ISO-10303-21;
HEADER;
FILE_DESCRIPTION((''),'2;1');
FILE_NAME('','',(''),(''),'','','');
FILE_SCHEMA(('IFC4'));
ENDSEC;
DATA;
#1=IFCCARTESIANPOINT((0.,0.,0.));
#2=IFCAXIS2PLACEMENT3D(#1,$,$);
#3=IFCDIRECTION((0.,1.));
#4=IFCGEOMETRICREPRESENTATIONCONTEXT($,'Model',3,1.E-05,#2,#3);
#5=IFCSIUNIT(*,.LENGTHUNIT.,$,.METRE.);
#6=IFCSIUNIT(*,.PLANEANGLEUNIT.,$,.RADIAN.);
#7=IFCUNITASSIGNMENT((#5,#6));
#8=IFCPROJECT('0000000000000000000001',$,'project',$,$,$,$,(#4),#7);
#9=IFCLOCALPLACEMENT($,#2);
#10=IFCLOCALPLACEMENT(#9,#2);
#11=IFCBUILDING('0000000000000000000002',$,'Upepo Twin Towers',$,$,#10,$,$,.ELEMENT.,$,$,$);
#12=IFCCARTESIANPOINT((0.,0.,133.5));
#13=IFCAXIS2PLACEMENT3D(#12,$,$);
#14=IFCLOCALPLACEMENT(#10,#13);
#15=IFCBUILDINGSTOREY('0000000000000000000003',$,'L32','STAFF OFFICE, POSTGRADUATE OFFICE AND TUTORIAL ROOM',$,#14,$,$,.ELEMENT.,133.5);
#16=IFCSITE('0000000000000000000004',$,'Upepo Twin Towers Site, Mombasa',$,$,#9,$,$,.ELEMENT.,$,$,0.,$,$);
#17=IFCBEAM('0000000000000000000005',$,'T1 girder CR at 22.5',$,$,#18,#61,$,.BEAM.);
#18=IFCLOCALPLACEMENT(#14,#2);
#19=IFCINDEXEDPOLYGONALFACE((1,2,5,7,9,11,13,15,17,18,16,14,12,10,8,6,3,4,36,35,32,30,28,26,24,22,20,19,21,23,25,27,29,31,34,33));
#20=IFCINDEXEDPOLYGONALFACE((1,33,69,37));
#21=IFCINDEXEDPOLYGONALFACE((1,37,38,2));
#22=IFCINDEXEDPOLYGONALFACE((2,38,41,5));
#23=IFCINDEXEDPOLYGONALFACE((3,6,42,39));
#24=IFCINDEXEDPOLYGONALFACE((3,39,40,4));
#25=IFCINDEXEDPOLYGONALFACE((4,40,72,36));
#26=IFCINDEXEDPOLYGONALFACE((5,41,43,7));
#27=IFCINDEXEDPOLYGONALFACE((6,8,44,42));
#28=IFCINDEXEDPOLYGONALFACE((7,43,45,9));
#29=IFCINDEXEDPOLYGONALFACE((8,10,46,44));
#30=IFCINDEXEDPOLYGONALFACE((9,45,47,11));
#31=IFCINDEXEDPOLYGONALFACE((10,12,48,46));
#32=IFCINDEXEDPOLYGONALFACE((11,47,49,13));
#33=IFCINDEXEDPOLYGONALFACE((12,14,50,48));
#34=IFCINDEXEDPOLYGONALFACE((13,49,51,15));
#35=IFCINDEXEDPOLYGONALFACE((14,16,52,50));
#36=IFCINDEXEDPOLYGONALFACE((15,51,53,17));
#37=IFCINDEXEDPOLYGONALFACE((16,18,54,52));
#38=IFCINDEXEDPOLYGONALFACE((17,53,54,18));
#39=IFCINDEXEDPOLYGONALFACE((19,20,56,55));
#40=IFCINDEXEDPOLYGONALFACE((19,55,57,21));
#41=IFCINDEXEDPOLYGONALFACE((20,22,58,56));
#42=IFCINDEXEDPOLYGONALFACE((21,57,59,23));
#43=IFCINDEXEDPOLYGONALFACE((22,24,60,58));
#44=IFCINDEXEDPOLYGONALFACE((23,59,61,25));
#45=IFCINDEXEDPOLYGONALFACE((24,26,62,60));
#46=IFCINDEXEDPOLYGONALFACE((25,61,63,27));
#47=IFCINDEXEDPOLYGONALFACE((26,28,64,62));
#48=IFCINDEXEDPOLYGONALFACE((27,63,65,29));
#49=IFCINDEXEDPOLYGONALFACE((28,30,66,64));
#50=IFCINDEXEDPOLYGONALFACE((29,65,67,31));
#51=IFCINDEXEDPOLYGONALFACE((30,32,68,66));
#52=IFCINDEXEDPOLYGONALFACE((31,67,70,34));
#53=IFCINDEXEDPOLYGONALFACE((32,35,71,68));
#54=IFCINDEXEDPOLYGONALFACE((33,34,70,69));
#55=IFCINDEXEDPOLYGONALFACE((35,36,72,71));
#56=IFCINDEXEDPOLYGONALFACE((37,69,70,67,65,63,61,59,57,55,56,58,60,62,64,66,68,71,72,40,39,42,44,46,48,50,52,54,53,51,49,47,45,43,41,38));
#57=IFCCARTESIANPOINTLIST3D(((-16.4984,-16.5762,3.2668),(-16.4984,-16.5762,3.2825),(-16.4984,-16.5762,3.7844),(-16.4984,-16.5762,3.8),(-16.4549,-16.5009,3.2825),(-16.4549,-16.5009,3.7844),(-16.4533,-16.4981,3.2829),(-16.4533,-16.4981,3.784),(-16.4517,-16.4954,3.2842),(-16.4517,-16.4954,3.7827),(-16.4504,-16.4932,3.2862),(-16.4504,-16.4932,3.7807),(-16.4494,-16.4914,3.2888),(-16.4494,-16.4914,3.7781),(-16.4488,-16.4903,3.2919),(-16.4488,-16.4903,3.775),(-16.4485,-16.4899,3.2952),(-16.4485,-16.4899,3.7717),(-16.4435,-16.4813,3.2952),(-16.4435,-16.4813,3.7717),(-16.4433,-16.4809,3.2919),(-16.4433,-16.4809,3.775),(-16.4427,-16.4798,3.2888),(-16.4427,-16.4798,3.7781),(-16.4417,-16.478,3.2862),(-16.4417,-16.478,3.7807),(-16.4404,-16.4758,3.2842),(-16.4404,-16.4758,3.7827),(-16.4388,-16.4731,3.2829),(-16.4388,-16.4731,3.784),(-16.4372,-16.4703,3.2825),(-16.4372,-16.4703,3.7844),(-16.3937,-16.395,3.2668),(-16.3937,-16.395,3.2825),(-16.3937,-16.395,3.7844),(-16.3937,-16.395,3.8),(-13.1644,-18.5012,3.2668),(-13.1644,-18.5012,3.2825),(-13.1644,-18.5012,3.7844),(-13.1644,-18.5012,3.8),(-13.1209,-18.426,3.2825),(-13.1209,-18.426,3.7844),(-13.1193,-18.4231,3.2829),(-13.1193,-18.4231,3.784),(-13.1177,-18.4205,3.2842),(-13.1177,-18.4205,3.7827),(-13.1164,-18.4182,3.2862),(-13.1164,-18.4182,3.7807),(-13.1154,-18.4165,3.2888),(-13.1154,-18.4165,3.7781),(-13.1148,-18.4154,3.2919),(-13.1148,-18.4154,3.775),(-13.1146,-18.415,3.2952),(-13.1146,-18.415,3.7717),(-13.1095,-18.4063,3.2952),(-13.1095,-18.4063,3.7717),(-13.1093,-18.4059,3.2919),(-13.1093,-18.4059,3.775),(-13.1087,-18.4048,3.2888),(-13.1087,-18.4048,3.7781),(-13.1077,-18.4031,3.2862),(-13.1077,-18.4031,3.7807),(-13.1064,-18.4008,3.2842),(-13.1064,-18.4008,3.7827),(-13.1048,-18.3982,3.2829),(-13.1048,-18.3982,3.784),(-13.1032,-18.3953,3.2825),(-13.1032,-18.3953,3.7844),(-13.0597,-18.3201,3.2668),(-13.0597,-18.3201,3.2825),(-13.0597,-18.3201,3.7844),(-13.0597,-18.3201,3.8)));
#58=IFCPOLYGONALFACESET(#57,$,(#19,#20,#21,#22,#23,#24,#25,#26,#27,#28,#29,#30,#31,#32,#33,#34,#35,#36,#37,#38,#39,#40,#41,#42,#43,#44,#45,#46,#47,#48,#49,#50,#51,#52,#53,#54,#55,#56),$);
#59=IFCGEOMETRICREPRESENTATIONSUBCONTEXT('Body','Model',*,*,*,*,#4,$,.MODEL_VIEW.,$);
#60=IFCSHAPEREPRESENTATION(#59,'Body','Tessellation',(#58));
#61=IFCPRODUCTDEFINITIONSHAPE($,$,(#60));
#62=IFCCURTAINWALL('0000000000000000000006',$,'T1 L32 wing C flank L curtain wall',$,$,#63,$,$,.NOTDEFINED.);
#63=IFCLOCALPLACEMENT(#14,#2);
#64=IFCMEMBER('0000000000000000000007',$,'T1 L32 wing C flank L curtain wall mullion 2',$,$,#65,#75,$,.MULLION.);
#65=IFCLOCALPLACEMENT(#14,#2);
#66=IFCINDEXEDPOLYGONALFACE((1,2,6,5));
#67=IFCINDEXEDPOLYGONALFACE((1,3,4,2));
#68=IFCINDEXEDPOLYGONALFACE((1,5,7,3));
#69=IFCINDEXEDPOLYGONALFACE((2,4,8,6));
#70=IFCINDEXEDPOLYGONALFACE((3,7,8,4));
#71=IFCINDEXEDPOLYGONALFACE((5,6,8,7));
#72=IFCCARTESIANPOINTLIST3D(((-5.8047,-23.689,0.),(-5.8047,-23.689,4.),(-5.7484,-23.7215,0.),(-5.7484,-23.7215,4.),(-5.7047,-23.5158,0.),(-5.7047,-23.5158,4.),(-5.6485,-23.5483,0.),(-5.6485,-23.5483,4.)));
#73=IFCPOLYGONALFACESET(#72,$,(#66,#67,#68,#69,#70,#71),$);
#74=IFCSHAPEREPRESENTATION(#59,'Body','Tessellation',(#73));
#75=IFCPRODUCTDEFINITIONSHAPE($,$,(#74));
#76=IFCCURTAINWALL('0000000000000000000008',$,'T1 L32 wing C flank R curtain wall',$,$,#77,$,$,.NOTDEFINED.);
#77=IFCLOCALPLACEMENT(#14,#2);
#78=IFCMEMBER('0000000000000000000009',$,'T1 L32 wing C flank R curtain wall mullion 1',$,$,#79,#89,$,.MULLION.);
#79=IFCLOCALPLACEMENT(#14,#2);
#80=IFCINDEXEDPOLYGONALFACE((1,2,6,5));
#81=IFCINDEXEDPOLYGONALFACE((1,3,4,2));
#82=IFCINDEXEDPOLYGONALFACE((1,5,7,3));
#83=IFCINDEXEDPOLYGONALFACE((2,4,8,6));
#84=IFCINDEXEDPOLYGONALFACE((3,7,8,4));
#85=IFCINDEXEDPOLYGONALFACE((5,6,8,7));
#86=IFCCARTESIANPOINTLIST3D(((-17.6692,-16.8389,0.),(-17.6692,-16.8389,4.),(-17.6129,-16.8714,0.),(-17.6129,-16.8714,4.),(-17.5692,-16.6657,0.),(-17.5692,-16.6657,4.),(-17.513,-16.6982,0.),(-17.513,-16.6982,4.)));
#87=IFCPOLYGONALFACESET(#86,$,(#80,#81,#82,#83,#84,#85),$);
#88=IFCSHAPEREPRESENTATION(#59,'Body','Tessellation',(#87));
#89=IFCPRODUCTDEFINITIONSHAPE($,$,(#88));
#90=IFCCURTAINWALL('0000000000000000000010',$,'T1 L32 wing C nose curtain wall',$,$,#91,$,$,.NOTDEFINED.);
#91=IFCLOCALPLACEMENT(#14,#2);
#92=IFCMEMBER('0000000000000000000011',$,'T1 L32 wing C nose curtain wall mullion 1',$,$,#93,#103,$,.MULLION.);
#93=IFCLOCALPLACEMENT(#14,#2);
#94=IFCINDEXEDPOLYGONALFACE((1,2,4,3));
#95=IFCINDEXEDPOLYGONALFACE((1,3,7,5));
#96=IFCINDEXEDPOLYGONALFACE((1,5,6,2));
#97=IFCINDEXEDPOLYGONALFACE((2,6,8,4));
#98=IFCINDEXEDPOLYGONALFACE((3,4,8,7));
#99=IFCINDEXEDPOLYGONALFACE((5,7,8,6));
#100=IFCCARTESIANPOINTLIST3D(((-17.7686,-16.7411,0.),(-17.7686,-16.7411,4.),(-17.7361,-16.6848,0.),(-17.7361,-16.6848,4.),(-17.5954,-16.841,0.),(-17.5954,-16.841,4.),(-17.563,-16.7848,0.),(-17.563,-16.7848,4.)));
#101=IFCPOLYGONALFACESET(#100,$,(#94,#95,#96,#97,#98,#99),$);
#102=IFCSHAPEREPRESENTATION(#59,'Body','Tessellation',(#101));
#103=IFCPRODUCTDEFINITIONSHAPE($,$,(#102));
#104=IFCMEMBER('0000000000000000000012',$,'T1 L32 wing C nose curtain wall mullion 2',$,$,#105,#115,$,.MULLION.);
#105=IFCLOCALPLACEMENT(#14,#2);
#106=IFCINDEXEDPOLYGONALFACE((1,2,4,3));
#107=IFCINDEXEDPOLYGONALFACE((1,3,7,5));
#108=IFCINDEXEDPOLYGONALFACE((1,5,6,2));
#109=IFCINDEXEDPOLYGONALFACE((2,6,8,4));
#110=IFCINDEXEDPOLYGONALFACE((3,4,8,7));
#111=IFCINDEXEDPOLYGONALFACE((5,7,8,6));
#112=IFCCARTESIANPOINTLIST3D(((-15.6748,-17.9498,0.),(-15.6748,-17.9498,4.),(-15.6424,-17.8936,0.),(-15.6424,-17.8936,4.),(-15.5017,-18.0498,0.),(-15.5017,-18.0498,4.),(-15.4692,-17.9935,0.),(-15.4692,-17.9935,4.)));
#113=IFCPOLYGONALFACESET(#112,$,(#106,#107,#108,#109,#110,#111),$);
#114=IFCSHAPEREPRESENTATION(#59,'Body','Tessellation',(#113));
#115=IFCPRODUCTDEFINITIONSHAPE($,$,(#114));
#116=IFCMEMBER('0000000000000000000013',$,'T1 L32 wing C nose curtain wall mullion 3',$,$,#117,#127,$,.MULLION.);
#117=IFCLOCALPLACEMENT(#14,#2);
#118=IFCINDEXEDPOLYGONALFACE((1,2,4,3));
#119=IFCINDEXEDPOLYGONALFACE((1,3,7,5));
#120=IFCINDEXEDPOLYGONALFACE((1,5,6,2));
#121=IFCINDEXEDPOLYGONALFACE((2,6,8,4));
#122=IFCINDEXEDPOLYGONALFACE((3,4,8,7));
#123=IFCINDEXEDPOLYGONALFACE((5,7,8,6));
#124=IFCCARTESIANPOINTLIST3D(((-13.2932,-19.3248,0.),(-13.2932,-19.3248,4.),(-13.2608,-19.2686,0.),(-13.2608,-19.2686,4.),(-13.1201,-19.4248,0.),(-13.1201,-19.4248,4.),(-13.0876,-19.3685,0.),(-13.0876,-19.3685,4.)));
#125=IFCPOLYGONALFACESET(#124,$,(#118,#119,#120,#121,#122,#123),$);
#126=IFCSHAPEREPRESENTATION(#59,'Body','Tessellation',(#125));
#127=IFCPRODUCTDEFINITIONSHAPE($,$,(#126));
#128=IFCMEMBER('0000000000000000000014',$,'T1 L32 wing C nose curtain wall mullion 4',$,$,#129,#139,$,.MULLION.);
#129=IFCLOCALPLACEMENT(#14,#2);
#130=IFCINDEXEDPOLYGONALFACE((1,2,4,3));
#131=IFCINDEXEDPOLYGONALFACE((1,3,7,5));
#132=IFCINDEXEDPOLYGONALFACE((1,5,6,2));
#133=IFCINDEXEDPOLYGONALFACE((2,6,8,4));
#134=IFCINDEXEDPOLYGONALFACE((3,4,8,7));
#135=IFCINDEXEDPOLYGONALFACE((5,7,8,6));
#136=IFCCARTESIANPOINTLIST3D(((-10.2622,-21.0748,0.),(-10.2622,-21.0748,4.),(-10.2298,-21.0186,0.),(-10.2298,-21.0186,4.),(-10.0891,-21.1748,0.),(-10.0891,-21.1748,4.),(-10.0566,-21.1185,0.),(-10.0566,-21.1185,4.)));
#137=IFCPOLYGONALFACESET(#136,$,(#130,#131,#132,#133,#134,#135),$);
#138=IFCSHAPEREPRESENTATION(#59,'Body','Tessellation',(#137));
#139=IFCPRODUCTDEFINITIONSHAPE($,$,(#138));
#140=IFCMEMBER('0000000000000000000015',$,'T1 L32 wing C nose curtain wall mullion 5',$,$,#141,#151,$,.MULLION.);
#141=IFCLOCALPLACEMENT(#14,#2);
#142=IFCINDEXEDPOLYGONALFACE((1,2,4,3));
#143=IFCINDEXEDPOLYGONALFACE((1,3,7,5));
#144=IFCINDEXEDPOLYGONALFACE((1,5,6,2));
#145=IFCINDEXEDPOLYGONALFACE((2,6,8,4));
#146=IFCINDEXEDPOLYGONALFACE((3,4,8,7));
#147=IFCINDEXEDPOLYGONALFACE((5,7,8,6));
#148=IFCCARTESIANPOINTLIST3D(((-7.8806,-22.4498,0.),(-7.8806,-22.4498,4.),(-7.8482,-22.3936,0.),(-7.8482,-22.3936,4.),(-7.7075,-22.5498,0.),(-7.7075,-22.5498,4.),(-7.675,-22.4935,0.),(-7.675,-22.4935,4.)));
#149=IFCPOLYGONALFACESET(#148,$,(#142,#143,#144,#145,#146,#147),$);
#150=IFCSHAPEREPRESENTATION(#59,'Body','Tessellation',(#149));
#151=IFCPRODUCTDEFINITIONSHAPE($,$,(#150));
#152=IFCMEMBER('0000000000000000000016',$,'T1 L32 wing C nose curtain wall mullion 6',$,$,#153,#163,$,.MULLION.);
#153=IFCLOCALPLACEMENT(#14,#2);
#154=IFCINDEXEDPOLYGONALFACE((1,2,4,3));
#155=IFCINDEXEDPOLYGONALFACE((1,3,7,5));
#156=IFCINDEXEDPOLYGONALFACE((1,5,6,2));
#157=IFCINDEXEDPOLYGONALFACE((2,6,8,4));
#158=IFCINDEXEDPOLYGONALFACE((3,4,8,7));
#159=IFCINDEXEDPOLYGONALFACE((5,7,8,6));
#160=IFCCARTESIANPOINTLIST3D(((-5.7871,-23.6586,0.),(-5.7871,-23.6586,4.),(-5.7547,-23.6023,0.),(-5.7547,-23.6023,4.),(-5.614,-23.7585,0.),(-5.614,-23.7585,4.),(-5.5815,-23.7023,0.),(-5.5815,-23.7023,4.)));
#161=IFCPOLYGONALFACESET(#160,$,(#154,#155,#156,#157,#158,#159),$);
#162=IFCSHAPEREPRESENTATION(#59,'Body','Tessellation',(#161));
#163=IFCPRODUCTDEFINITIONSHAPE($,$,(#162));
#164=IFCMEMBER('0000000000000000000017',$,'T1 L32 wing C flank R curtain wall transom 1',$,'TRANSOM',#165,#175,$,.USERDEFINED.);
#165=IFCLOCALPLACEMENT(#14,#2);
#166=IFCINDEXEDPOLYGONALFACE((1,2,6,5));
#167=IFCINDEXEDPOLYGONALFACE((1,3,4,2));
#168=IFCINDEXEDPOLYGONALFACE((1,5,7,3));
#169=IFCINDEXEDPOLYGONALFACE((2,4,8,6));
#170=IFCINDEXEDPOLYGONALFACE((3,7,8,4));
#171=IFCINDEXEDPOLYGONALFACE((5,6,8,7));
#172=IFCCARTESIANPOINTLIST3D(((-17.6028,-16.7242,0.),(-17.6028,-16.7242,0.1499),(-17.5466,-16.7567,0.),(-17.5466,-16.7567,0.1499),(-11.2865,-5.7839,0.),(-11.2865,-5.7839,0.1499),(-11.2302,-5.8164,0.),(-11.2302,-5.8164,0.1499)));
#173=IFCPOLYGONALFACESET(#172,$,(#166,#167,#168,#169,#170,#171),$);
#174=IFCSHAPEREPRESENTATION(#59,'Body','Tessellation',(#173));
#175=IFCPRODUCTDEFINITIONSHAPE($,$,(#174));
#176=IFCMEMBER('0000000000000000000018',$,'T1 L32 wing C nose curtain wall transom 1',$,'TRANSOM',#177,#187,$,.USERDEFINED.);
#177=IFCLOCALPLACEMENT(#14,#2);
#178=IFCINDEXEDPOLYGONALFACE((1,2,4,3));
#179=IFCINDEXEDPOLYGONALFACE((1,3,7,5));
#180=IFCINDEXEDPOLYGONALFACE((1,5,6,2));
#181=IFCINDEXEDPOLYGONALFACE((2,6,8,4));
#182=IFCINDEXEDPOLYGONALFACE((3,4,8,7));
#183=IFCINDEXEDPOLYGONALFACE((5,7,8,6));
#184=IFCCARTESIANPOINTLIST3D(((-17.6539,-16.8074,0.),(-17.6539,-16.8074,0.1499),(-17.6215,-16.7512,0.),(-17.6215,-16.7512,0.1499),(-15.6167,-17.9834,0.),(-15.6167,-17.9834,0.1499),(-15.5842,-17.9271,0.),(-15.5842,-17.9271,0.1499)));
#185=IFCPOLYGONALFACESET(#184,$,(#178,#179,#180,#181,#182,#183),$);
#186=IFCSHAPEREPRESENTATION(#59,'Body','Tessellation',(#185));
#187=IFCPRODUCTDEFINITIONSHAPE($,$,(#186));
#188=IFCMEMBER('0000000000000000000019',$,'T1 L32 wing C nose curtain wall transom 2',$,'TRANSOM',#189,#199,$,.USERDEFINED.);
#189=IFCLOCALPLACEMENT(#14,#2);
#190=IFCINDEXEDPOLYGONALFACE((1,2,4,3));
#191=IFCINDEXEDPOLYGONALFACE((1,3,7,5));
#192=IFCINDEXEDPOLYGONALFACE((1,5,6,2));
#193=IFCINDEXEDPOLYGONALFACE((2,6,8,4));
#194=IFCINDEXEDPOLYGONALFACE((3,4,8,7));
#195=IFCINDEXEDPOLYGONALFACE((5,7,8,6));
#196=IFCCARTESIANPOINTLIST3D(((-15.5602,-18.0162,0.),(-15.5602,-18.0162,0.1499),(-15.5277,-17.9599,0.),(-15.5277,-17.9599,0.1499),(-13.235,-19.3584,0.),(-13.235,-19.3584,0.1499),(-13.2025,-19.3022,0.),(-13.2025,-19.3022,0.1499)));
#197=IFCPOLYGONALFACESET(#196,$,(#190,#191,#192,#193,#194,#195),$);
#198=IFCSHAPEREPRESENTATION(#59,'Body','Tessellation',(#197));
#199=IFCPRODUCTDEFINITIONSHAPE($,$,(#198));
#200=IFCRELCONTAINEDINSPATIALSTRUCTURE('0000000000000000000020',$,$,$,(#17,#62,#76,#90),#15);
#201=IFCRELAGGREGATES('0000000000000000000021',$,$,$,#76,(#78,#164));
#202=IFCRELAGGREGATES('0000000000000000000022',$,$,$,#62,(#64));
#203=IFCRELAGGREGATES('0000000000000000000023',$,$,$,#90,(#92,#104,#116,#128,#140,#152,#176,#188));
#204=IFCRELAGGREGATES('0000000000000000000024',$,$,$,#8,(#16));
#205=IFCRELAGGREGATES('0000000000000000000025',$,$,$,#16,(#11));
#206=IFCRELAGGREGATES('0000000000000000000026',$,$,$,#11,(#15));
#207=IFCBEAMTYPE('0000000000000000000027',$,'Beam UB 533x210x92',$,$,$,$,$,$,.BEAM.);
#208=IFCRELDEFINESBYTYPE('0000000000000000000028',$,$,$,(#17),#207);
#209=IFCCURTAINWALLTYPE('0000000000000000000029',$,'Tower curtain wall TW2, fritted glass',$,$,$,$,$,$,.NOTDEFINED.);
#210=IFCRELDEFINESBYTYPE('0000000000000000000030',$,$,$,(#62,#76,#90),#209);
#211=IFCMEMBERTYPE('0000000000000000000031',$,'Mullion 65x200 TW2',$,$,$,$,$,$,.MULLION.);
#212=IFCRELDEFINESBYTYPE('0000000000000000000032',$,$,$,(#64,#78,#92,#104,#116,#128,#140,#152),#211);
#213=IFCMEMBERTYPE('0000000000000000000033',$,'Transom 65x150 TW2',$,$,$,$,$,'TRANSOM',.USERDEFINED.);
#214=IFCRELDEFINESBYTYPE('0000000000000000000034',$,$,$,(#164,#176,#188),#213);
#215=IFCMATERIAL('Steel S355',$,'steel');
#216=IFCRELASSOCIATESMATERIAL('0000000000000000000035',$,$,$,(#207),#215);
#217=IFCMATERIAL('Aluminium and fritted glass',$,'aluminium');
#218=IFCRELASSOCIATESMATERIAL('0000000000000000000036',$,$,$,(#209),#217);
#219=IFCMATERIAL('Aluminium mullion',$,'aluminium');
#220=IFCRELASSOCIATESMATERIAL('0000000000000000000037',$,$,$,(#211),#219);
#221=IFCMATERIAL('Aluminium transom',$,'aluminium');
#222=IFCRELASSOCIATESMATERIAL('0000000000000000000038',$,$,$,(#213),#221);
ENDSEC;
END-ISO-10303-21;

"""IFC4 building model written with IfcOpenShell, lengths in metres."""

from ifc_helpers import new_model, si_unit, direction, frame, origin, origin_2d, place, context, subcontext, project, spatial, rectangle, i_section, extrude, material, material_profile, profile_set, type_object, element, aggregate, save


model = new_model("IFC4")

# Units and contexts
model_context = context("Model", 3, precision=1e-05, world=origin(), true_north=direction((0.0, 1.0)))
body_context = subcontext(model_context, "Body", "Model", "MODEL_VIEW")
ifc_project = project(units=[si_unit("LENGTHUNIT", "METRE"), si_unit("PLANEANGLEUNIT", "RADIAN")], contexts=[model_context])

# Site, building, storey
site_placement = place(None, origin())
site = spatial("IfcSite", under=ifc_project, at=site_placement, Name="Upepo Twin Towers Site, Mombasa", CompositionType="ELEMENT", RefElevation=0.0)
building_placement = place(site_placement, origin())
building = spatial("IfcBuilding", under=site, at=building_placement, Name="Upepo Twin Towers", CompositionType="ELEMENT")
storey_placement = place(building_placement, frame((0.0, 0.0, 133.5)))
storey = spatial("IfcBuildingStorey", under=building, at=storey_placement, Name="L32", Description="STAFF OFFICE, POSTGRADUATE OFFICE AND TUTORIAL ROOM", CompositionType="ELEMENT", Elevation=133.5)

# Beam
ifc_material_1 = material(Name="Steel S355", Category="steel")
ifc_material_profile_1 = material_profile(ifc_material_1, i_section(OverallWidth=0.2092, OverallDepth=0.5332, WebThickness=0.01, FlangeThickness=0.0156, FilletRadius=0.0127, at=origin_2d()), Name="UB 533x210x92")
ifc_profile_set_1 = profile_set([ifc_material_profile_1], Name="Steel S355")
beam_type_1 = type_object("IfcBeamType", Name="Beam UB 533x210x92", PredefinedType="BEAM", material=ifc_profile_set_1)
for number, where, z_axis, x_axis, name in (
    (1, (-16.446, -16.4856, 3.5334), (0.866006, -0.500034, 0.0), (0.500034, 0.866006, 0.0), "T1 girder CR at 22.5"),
):
    element("IfcBeam", number, at=place(storey_placement, frame(where, z_axis=z_axis, x_axis=x_axis)), inside=storey, type_object=beam_type_1, Name=name, PredefinedType="BEAM", context=body_context, shape_type="SweptSolid", body=[
        extrude(i_section(OverallWidth=0.2092, OverallDepth=0.5332, WebThickness=0.01, FlangeThickness=0.0156, FilletRadius=0.0127, at=origin_2d()), origin(), (0.0, 0.0, 1.0), 3.8499),
    ])

# Curtain walls, members
ifc_material_2 = material(Name="Aluminium and fritted glass", Category="aluminium")
curtain_wall_type = type_object("IfcCurtainWallType", Name="Tower curtain wall TW2, fritted glass", PredefinedType="NOTDEFINED", material=ifc_material_2)
curtain_wall_1_placement = place(storey_placement, origin())
curtain_wall_1 = element("IfcCurtainWall", 2, at=curtain_wall_1_placement, inside=storey, type_object=curtain_wall_type, Name="T1 L32 wing C flank L curtain wall", PredefinedType="NOTDEFINED")
ifc_material_3 = material(Name="Aluminium mullion", Category="aluminium")
ifc_material_profile_2 = material_profile(ifc_material_3, rectangle(XDim=0.0649, YDim=0.2, at=origin_2d()), Name="MULLION 65x200")
ifc_profile_set_2 = profile_set([ifc_material_profile_2], Name="Aluminium mullion")
member_type_1 = type_object("IfcMemberType", Name="Mullion 65x200 TW2", PredefinedType="MULLION", material=ifc_profile_set_2)
member_1_placement = place(storey_placement, frame((-5.7266, -23.6187, 0.0), z_axis=(0.0, 0.0, 1.0), x_axis=(0.866025, -0.5, 0.0)))
member_1 = element("IfcMember", 3, at=member_1_placement, type_object=member_type_1, Name="T1 L32 wing C flank L curtain wall mullion 2", PredefinedType="MULLION", context=body_context, shape_type="SweptSolid", body=[
    extrude(rectangle(XDim=0.0649, YDim=0.2, at=origin_2d()), origin(), (0.0, 0.0, 1.0), 4.0),
])
curtain_wall_2_placement = place(storey_placement, origin())
curtain_wall_2 = element("IfcCurtainWall", 4, at=curtain_wall_2_placement, inside=storey, type_object=curtain_wall_type, Name="T1 L32 wing C flank R curtain wall", PredefinedType="NOTDEFINED")
member_2_placement = place(storey_placement, frame((-17.5911, -16.7686, 0.0), z_axis=(0.0, 0.0, 1.0), x_axis=(-0.866025, 0.5, 0.0)))
member_2 = element("IfcMember", 5, at=member_2_placement, type_object=member_type_1, Name="T1 L32 wing C flank R curtain wall mullion 1", PredefinedType="MULLION", context=body_context, shape_type="SweptSolid", body=[
    extrude(rectangle(XDim=0.0649, YDim=0.2, at=origin_2d()), origin(), (0.0, 0.0, 1.0), 4.0),
])

# Curtain wall, members
curtain_wall_3_placement = place(storey_placement, origin())
curtain_wall_3 = element("IfcCurtainWall", 6, at=curtain_wall_3_placement, inside=storey, type_object=curtain_wall_type, Name="T1 L32 wing C nose curtain wall", PredefinedType="NOTDEFINED")
member_3_placement = place(storey_placement, frame((-17.6658, -16.7629, 0.0), z_axis=(0.0, 0.0, 1.0), x_axis=(0.5, 0.866025, 0.0)))
member_3 = element("IfcMember", 7, at=member_3_placement, type_object=member_type_1, Name="T1 L32 wing C nose curtain wall mullion 1", PredefinedType="MULLION", context=body_context, shape_type="SweptSolid", body=[
    extrude(rectangle(XDim=0.0649, YDim=0.2, at=origin_2d()), origin(), (0.0, 0.0, 1.0), 4.0),
])
member_4_placement = place(storey_placement, frame((-15.572, -17.9717, 0.0), z_axis=(0.0, 0.0, 1.0), x_axis=(0.5, 0.866025, 0.0)))
member_4 = element("IfcMember", 8, at=member_4_placement, type_object=member_type_1, Name="T1 L32 wing C nose curtain wall mullion 2", PredefinedType="MULLION", context=body_context, shape_type="SweptSolid", body=[
    extrude(rectangle(XDim=0.0649, YDim=0.2, at=origin_2d()), origin(), (0.0, 0.0, 1.0), 4.0),
])
member_5_placement = place(storey_placement, frame((-13.1904, -19.3467, 0.0), z_axis=(0.0, 0.0, 1.0), x_axis=(0.5, 0.866025, 0.0)))
member_5 = element("IfcMember", 9, at=member_5_placement, type_object=member_type_1, Name="T1 L32 wing C nose curtain wall mullion 3", PredefinedType="MULLION", context=body_context, shape_type="SweptSolid", body=[
    extrude(rectangle(XDim=0.0649, YDim=0.2, at=origin_2d()), origin(), (0.0, 0.0, 1.0), 4.0),
])
member_6_placement = place(storey_placement, frame((-10.1594, -21.0967, 0.0), z_axis=(0.0, 0.0, 1.0), x_axis=(0.5, 0.866025, 0.0)))
member_6 = element("IfcMember", 10, at=member_6_placement, type_object=member_type_1, Name="T1 L32 wing C nose curtain wall mullion 4", PredefinedType="MULLION", context=body_context, shape_type="SweptSolid", body=[
    extrude(rectangle(XDim=0.0649, YDim=0.2, at=origin_2d()), origin(), (0.0, 0.0, 1.0), 4.0),
])
member_7_placement = place(storey_placement, frame((-7.7778, -22.4717, 0.0), z_axis=(0.0, 0.0, 1.0), x_axis=(0.5, 0.866025, 0.0)))
member_7 = element("IfcMember", 11, at=member_7_placement, type_object=member_type_1, Name="T1 L32 wing C nose curtain wall mullion 5", PredefinedType="MULLION", context=body_context, shape_type="SweptSolid", body=[
    extrude(rectangle(XDim=0.0649, YDim=0.2, at=origin_2d()), origin(), (0.0, 0.0, 1.0), 4.0),
])
member_8_placement = place(storey_placement, frame((-5.6843, -23.6804, 0.0), z_axis=(0.0, 0.0, 1.0), x_axis=(0.5, 0.866025, 0.0)))
member_8 = element("IfcMember", 12, at=member_8_placement, type_object=member_type_1, Name="T1 L32 wing C nose curtain wall mullion 6", PredefinedType="MULLION", context=body_context, shape_type="SweptSolid", body=[
    extrude(rectangle(XDim=0.0649, YDim=0.2, at=origin_2d()), origin(), (0.0, 0.0, 1.0), 4.0),
])

# Members
ifc_material_4 = material(Name="Aluminium transom", Category="aluminium")
ifc_material_profile_3 = material_profile(ifc_material_4, rectangle(XDim=0.0649, YDim=0.1499, at=origin_2d()), Name="TRANSOM 65x150")
ifc_profile_set_3 = profile_set([ifc_material_profile_3], Name="Aluminium transom")
member_type_2 = type_object("IfcMemberType", Name="Transom 65x150 TW2", ElementType="TRANSOM", PredefinedType="USERDEFINED", material=ifc_profile_set_3)
member_9_placement = place(storey_placement, frame((-17.5747, -16.7405, 0.075), z_axis=(0.499997, 0.866027, 0.0), x_axis=(-0.866027, 0.499997, 0.0)))
member_9 = element("IfcMember", 13, at=member_9_placement, type_object=member_type_2, Name="T1 L32 wing C flank R curtain wall transom 1", ObjectType="TRANSOM", PredefinedType="USERDEFINED", context=body_context, shape_type="SweptSolid", body=[
    extrude(rectangle(XDim=0.0649, YDim=0.1499, at=origin_2d()), origin(), (0.0, 0.0, 1.0), 12.6328),
])
aggregate(curtain_wall_2, [member_2, member_9])
member_10_placement = place(storey_placement, frame((-17.6377, -16.7793, 0.075), z_axis=(0.86607, -0.499923, 0.0), x_axis=(0.499923, 0.86607, 0.0)))
member_10 = element("IfcMember", 14, at=member_10_placement, type_object=member_type_2, Name="T1 L32 wing C nose curtain wall transom 1", ObjectType="TRANSOM", PredefinedType="USERDEFINED", context=body_context, shape_type="SweptSolid", body=[
    extrude(rectangle(XDim=0.0649, YDim=0.1499, at=origin_2d()), origin(), (0.0, 0.0, 1.0), 2.3523),
])
member_11_placement = place(storey_placement, frame((-15.5439, -17.988, 0.075), z_axis=(0.866052, -0.499953, 0.0), x_axis=(0.499953, 0.866052, 0.0)))
member_11 = element("IfcMember", 15, at=member_11_placement, type_object=member_type_2, Name="T1 L32 wing C nose curtain wall transom 2", ObjectType="TRANSOM", PredefinedType="USERDEFINED", context=body_context, shape_type="SweptSolid", body=[
    extrude(rectangle(XDim=0.0649, YDim=0.1499, at=origin_2d()), origin(), (0.0, 0.0, 1.0), 2.6848),
])

aggregate(curtain_wall_1, [member_1])
aggregate(curtain_wall_3, [member_3, member_4, member_5, member_6, member_7, member_8, member_10, member_11])

save(model, "model.ifc")
